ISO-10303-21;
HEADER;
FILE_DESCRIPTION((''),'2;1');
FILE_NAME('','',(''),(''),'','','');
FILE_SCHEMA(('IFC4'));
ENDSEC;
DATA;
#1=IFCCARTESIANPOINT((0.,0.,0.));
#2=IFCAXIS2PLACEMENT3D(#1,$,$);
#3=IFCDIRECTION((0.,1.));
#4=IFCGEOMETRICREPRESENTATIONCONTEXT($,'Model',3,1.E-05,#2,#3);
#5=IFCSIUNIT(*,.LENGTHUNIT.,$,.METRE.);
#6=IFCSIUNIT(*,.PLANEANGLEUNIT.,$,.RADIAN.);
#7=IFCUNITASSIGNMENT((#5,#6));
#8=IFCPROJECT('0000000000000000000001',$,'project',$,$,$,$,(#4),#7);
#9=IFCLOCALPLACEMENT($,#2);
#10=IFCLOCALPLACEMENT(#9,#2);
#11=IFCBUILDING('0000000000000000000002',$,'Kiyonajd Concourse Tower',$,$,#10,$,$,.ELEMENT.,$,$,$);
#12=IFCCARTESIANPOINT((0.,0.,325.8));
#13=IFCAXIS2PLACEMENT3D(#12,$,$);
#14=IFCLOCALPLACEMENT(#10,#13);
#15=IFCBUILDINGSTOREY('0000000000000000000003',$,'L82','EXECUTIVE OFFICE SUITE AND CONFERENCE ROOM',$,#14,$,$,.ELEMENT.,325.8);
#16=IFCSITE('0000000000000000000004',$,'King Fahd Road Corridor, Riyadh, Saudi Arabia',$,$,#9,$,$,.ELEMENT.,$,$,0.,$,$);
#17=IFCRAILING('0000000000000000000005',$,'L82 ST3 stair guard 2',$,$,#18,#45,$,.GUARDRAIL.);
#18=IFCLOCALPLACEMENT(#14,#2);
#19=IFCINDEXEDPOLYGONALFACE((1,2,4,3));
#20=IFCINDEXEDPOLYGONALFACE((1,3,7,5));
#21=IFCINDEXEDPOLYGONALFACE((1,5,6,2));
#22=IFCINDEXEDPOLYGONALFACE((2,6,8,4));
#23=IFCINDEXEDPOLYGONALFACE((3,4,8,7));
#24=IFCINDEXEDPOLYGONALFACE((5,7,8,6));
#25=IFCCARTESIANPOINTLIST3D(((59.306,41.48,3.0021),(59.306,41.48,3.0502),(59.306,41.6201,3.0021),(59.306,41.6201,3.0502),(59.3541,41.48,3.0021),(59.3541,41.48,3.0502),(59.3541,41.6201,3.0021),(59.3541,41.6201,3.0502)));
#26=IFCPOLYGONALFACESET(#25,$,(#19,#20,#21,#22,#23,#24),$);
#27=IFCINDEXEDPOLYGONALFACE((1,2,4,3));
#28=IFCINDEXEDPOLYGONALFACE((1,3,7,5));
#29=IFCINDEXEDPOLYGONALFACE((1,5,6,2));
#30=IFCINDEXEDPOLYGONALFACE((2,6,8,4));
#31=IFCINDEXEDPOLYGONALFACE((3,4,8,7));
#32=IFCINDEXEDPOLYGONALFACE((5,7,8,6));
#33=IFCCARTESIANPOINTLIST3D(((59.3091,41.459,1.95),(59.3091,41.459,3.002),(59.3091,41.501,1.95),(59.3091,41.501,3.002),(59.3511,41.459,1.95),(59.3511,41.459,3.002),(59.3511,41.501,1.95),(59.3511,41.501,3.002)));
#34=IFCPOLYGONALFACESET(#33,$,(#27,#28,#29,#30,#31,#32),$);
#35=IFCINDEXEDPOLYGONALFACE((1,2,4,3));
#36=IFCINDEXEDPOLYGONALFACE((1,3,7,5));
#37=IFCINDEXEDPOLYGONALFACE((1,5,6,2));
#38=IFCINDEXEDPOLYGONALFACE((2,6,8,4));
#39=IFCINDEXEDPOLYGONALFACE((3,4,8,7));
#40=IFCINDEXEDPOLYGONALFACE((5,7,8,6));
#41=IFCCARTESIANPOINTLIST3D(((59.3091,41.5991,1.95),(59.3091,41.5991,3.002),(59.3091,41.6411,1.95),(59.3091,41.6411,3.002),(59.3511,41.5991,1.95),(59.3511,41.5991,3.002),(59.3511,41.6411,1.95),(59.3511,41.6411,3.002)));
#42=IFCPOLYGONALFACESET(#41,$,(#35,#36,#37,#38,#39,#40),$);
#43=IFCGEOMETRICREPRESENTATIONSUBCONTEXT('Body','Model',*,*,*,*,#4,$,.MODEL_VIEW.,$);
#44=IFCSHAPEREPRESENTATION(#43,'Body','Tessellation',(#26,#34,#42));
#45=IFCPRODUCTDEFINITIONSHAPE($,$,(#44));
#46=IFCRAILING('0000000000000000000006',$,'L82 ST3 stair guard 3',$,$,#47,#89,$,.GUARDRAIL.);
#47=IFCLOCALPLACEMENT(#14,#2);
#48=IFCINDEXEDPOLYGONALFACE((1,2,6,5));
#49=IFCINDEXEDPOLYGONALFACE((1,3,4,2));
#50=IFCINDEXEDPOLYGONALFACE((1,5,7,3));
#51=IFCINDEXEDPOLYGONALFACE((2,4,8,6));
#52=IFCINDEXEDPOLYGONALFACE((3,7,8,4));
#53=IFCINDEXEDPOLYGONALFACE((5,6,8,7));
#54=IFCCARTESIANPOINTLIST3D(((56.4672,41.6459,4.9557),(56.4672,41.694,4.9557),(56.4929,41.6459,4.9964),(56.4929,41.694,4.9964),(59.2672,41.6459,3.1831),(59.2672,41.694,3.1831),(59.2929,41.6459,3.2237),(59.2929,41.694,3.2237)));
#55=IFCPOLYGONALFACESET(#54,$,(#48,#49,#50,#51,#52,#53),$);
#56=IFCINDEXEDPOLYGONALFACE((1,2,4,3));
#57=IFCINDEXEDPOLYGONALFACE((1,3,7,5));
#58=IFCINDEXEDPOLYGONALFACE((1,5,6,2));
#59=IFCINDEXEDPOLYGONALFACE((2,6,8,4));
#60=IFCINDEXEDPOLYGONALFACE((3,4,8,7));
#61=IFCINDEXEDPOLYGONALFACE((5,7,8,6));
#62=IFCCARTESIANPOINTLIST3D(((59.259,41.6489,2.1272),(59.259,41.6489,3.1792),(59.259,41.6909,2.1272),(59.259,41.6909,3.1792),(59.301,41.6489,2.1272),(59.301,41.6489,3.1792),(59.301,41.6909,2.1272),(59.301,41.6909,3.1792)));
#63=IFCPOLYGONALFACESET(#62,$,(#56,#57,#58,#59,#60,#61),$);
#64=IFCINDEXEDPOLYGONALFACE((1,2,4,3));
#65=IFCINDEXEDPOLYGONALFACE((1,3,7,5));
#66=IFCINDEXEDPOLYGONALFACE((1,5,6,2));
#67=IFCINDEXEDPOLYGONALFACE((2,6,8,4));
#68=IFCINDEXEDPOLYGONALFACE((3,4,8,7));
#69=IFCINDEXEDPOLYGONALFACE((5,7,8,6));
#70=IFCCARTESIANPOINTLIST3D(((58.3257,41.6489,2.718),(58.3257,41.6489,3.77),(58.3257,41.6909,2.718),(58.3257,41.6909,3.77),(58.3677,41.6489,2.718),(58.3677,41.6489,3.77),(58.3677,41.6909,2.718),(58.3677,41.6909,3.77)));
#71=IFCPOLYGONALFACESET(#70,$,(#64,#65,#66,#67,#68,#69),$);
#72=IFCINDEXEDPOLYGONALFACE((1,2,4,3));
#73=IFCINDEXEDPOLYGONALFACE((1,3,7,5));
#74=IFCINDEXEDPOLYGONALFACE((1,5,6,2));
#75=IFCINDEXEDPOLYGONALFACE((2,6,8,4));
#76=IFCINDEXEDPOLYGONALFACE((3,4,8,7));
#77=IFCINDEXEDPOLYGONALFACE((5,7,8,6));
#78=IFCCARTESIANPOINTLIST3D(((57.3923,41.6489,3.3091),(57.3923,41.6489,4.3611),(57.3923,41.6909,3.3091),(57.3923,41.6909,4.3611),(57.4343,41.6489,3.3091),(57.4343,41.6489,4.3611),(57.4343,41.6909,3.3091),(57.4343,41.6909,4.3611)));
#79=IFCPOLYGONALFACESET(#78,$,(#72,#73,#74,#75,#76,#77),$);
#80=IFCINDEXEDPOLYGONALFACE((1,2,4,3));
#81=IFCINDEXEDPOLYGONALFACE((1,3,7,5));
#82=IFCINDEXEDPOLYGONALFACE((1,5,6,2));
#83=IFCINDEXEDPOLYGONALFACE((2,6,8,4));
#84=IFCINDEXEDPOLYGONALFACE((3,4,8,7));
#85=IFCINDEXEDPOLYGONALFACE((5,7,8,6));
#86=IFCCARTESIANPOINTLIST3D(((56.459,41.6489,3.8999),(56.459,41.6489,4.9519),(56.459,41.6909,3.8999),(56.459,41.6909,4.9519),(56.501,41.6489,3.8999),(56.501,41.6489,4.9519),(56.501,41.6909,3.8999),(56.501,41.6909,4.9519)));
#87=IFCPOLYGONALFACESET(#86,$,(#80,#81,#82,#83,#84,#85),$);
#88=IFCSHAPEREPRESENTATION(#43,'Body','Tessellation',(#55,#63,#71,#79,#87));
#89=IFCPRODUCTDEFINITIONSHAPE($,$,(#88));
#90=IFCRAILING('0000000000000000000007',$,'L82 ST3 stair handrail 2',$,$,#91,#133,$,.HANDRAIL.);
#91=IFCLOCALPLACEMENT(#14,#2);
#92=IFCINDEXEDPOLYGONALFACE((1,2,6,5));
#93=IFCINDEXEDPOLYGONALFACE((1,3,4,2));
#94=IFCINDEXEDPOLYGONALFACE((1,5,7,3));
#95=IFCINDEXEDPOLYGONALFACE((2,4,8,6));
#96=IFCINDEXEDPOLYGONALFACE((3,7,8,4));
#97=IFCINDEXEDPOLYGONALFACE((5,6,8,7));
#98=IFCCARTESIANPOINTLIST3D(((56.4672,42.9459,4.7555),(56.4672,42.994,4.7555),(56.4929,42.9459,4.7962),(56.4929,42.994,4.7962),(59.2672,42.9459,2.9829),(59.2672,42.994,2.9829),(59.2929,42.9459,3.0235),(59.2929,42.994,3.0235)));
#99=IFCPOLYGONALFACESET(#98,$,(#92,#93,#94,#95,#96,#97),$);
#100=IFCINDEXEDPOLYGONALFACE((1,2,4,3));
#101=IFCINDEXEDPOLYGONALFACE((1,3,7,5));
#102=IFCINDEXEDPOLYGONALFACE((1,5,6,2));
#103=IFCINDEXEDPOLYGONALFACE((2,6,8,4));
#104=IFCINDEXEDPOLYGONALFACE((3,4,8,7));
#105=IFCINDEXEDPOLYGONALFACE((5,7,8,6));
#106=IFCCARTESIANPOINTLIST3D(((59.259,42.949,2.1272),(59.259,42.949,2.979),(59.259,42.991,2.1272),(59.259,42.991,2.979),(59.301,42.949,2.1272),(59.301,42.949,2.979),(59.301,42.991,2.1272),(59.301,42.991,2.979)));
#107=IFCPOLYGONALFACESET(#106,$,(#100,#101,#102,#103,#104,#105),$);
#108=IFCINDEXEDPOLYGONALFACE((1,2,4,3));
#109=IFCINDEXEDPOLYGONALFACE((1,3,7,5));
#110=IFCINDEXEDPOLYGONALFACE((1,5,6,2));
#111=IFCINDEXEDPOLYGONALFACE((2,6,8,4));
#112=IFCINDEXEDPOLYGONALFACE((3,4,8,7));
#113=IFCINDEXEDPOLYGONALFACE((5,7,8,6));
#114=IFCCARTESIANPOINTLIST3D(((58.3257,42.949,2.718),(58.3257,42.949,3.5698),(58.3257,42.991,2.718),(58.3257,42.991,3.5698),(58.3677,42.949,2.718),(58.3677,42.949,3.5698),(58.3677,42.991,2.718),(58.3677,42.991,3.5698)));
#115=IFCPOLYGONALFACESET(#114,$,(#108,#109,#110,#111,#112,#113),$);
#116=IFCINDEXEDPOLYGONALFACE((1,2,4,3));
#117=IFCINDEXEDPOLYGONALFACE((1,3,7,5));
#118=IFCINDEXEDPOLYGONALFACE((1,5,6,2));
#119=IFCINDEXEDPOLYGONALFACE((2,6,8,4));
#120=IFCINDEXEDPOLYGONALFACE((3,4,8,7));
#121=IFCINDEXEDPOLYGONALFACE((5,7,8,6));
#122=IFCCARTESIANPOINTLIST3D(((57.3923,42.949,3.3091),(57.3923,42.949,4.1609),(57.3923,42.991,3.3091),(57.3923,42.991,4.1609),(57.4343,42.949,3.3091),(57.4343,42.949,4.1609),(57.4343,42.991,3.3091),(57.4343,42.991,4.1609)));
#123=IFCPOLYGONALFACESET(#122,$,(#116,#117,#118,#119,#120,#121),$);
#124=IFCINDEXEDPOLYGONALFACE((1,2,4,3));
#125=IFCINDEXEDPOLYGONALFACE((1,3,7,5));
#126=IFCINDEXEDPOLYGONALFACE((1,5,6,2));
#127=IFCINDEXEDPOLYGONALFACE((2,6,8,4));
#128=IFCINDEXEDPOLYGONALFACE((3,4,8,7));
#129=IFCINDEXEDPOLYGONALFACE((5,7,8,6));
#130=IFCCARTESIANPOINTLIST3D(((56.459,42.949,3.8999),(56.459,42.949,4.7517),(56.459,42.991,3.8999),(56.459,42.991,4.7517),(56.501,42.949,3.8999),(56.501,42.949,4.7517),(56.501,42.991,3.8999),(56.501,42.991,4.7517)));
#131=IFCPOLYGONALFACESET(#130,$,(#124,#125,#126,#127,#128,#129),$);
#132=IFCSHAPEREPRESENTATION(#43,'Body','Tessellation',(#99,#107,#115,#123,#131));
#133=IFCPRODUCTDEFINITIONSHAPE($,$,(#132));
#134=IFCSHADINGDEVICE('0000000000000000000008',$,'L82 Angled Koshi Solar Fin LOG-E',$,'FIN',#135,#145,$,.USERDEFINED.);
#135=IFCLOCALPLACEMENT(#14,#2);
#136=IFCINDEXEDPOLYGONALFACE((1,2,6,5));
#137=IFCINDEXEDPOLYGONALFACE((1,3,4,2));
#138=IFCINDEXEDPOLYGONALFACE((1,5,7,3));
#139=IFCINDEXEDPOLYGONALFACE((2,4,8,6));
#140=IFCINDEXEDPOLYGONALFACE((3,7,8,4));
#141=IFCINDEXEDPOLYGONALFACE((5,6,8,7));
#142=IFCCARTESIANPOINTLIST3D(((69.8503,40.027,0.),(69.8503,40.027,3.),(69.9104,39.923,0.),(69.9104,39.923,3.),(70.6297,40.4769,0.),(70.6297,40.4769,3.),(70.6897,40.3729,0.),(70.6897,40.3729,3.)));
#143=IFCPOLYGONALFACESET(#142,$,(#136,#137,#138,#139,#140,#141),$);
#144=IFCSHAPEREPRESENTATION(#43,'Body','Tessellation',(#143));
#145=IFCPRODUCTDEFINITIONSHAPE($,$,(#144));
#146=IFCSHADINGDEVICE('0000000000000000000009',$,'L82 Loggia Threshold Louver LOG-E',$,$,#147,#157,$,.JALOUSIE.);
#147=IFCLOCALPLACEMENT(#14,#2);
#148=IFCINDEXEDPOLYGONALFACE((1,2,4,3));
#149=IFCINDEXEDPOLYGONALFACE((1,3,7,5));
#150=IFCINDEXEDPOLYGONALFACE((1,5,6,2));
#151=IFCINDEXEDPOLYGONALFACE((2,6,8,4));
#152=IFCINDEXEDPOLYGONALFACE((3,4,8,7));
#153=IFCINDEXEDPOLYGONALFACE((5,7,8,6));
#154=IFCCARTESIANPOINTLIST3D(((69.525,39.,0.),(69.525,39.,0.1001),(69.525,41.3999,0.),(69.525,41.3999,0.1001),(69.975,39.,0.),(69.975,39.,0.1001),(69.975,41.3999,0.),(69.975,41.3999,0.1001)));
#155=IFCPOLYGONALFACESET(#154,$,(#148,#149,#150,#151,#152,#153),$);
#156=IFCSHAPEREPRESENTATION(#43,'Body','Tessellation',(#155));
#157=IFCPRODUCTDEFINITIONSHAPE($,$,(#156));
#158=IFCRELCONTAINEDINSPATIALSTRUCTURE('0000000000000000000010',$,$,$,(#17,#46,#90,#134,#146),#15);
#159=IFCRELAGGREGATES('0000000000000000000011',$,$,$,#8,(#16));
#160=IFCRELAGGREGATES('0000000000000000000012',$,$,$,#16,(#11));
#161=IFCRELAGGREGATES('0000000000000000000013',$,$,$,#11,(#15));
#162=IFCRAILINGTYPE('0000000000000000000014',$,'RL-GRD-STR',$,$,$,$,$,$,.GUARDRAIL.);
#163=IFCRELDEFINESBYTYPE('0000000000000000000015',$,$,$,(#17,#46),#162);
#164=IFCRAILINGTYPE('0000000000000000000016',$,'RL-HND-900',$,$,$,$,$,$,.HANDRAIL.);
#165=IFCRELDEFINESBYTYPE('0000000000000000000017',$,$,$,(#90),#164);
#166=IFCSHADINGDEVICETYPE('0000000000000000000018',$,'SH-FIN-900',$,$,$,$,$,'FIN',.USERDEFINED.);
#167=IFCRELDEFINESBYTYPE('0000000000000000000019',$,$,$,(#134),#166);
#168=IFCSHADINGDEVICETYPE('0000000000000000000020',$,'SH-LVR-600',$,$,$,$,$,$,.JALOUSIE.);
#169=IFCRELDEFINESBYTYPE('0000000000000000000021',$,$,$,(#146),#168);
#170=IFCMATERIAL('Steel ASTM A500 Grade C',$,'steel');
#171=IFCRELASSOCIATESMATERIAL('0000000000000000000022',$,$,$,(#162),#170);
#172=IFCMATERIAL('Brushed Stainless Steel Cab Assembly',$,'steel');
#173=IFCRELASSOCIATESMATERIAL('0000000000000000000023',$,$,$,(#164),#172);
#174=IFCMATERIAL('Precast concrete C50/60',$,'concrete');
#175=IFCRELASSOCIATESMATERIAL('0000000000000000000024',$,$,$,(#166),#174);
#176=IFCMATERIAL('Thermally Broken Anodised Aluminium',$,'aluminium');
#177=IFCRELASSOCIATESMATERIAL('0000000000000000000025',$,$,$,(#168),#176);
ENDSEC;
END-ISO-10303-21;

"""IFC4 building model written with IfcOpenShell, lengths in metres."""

from ifc_helpers import new_model, si_unit, direction, frame, origin, origin_2d, place, context, subcontext, project, spatial, rectangle, extrude, material, type_object, element, save


model = new_model("IFC4")

# Units and contexts
model_context = context("Model", 3, precision=1e-05, world=origin(), true_north=direction((0.0, 1.0)))
body_context = subcontext(model_context, "Body", "Model", "MODEL_VIEW")
ifc_project = project(units=[si_unit("LENGTHUNIT", "METRE"), si_unit("PLANEANGLEUNIT", "RADIAN")], contexts=[model_context])

# Site, building, storey
site_placement = place(None, origin())
site = spatial("IfcSite", under=ifc_project, at=site_placement, Name="King Fahd Road Corridor, Riyadh, Saudi Arabia", CompositionType="ELEMENT", RefElevation=0.0)
building_placement = place(site_placement, origin())
building = spatial("IfcBuilding", under=site, at=building_placement, Name="Kiyonajd Concourse Tower", CompositionType="ELEMENT")
storey_placement = place(building_placement, frame((0.0, 0.0, 325.8)))
storey = spatial("IfcBuildingStorey", under=building, at=storey_placement, Name="L82", Description="EXECUTIVE OFFICE SUITE AND CONFERENCE ROOM", CompositionType="ELEMENT", Elevation=325.8)

# Shared definitions
ifc_material_1 = material(Name="Thermally Broken Anodised Aluminium", Category="aluminium")

# Shared definitions
ifc_material_2 = material(Name="Precast concrete C50/60", Category="concrete")

# Shared definitions
ifc_material_3 = material(Name="Brushed Stainless Steel Cab Assembly", Category="steel")

# Railings
ifc_material_4 = material(Name="Steel ASTM A500 Grade C", Category="steel")
railing_type_1 = type_object("IfcRailingType", Name="RL-GRD-STR", PredefinedType="GUARDRAIL", material=ifc_material_4)
railing_1_placement = place(storey_placement, frame((59.3301, 41.48, 1.95)))
element("IfcRailing", 1, at=railing_1_placement, inside=storey, type_object=railing_type_1, Name="L82 ST3 stair guard 2", PredefinedType="GUARDRAIL", context=body_context, shape_type="SweptSolid", body=[
    extrude(rectangle(XDim=0.0481, YDim=0.0481, at=origin_2d()), frame((0.0, 0.0, 1.0762), z_axis=(0.0, 1.0, 0.0), x_axis=(-1.0, 0.0, 0.0)), (0.0, 0.0, 1.0), 0.1401),
    extrude(rectangle(XDim=0.042, YDim=0.042, at=origin_2d()), origin(), (0.0, 0.0, 1.0), 1.052),
    extrude(rectangle(XDim=0.042, YDim=0.042, at=origin_2d()), frame((0.0, 0.1401, 0.0)), (0.0, 0.0, 1.0), 1.052),
])
railing_2_placement = place(storey_placement, frame((59.28, 41.6699, 2.1272)))
element("IfcRailing", 2, at=railing_2_placement, inside=storey, type_object=railing_type_1, Name="L82 ST3 stair guard 3", PredefinedType="GUARDRAIL", context=body_context, shape_type="SweptSolid", body=[
    extrude(rectangle(XDim=0.0481, YDim=0.0481, at=origin_2d()), frame((0.0, 0.0, 1.0762), z_axis=(-0.844909, 0.0, 0.53491), x_axis=(0.0, -1.0, 0.0)), (0.0, 0.0, 1.0), 3.314),
    extrude(rectangle(XDim=0.042, YDim=0.042, at=origin_2d()), origin(), (0.0, 0.0, 1.0), 1.052),
    extrude(rectangle(XDim=0.042, YDim=0.042, at=origin_2d()), frame((-0.9333, 0.0, 0.5908)), (0.0, 0.0, 1.0), 1.052),
    extrude(rectangle(XDim=0.042, YDim=0.042, at=origin_2d()), frame((-1.8667, 0.0, 1.1819)), (0.0, 0.0, 1.0), 1.052),
    extrude(rectangle(XDim=0.042, YDim=0.042, at=origin_2d()), frame((-2.8, 0.0, 1.7727)), (0.0, 0.0, 1.0), 1.052),
])
railing_type_2 = type_object("IfcRailingType", Name="RL-HND-900", PredefinedType="HANDRAIL", material=ifc_material_3)
railing_3_placement = place(storey_placement, frame((59.28, 42.97, 2.1272)))
element("IfcRailing", 3, at=railing_3_placement, inside=storey, type_object=railing_type_2, Name="L82 ST3 stair handrail 2", PredefinedType="HANDRAIL", context=body_context, shape_type="SweptSolid", body=[
    extrude(rectangle(XDim=0.0481, YDim=0.0481, at=origin_2d()), frame((0.0, 0.0, 0.876), z_axis=(-0.844909, 0.0, 0.53491), x_axis=(0.0, -1.0, 0.0)), (0.0, 0.0, 1.0), 3.314),
    extrude(rectangle(XDim=0.042, YDim=0.042, at=origin_2d()), origin(), (0.0, 0.0, 1.0), 0.8518),
    extrude(rectangle(XDim=0.042, YDim=0.042, at=origin_2d()), frame((-0.9333, 0.0, 0.5908)), (0.0, 0.0, 1.0), 0.8518),
    extrude(rectangle(XDim=0.042, YDim=0.042, at=origin_2d()), frame((-1.8667, 0.0, 1.1819)), (0.0, 0.0, 1.0), 0.8518),
    extrude(rectangle(XDim=0.042, YDim=0.042, at=origin_2d()), frame((-2.8, 0.0, 1.7727)), (0.0, 0.0, 1.0), 0.8518),
])

# Shading devices
shading_device_type_1 = type_object("IfcShadingDeviceType", Name="SH-FIN-900", ElementType="FIN", PredefinedType="USERDEFINED", material=ifc_material_2)
shading_device_1_placement = place(storey_placement, frame((70.27, 40.2, 0.0), z_axis=(0.0, 0.0, 1.0), x_axis=(0.866025, 0.5, 0.0)))
element("IfcShadingDevice", 4, at=shading_device_1_placement, inside=storey, type_object=shading_device_type_1, Name="L82 Angled Koshi Solar Fin LOG-E", ObjectType="FIN", PredefinedType="USERDEFINED", context=body_context, shape_type="SweptSolid", body=[
    extrude(rectangle(XDim=0.8999, YDim=0.1201, at=origin_2d()), origin(), (0.0, 0.0, 1.0), 3.0),
])
shading_device_type_2 = type_object("IfcShadingDeviceType", Name="SH-LVR-600", PredefinedType="JALOUSIE", material=ifc_material_1)
shading_device_2_placement = place(storey_placement, frame((69.75, 40.2, 0.0), z_axis=(0.0, 0.0, 1.0), x_axis=(0.0, 1.0, 0.0)))
element("IfcShadingDevice", 5, at=shading_device_2_placement, inside=storey, type_object=shading_device_type_2, Name="L82 Loggia Threshold Louver LOG-E", PredefinedType="JALOUSIE", context=body_context, shape_type="SweptSolid", body=[
    extrude(rectangle(XDim=2.3999, YDim=0.45, at=origin_2d()), origin(), (0.0, 0.0, 1.0), 0.1001),
])

save(model, "model.ifc")
